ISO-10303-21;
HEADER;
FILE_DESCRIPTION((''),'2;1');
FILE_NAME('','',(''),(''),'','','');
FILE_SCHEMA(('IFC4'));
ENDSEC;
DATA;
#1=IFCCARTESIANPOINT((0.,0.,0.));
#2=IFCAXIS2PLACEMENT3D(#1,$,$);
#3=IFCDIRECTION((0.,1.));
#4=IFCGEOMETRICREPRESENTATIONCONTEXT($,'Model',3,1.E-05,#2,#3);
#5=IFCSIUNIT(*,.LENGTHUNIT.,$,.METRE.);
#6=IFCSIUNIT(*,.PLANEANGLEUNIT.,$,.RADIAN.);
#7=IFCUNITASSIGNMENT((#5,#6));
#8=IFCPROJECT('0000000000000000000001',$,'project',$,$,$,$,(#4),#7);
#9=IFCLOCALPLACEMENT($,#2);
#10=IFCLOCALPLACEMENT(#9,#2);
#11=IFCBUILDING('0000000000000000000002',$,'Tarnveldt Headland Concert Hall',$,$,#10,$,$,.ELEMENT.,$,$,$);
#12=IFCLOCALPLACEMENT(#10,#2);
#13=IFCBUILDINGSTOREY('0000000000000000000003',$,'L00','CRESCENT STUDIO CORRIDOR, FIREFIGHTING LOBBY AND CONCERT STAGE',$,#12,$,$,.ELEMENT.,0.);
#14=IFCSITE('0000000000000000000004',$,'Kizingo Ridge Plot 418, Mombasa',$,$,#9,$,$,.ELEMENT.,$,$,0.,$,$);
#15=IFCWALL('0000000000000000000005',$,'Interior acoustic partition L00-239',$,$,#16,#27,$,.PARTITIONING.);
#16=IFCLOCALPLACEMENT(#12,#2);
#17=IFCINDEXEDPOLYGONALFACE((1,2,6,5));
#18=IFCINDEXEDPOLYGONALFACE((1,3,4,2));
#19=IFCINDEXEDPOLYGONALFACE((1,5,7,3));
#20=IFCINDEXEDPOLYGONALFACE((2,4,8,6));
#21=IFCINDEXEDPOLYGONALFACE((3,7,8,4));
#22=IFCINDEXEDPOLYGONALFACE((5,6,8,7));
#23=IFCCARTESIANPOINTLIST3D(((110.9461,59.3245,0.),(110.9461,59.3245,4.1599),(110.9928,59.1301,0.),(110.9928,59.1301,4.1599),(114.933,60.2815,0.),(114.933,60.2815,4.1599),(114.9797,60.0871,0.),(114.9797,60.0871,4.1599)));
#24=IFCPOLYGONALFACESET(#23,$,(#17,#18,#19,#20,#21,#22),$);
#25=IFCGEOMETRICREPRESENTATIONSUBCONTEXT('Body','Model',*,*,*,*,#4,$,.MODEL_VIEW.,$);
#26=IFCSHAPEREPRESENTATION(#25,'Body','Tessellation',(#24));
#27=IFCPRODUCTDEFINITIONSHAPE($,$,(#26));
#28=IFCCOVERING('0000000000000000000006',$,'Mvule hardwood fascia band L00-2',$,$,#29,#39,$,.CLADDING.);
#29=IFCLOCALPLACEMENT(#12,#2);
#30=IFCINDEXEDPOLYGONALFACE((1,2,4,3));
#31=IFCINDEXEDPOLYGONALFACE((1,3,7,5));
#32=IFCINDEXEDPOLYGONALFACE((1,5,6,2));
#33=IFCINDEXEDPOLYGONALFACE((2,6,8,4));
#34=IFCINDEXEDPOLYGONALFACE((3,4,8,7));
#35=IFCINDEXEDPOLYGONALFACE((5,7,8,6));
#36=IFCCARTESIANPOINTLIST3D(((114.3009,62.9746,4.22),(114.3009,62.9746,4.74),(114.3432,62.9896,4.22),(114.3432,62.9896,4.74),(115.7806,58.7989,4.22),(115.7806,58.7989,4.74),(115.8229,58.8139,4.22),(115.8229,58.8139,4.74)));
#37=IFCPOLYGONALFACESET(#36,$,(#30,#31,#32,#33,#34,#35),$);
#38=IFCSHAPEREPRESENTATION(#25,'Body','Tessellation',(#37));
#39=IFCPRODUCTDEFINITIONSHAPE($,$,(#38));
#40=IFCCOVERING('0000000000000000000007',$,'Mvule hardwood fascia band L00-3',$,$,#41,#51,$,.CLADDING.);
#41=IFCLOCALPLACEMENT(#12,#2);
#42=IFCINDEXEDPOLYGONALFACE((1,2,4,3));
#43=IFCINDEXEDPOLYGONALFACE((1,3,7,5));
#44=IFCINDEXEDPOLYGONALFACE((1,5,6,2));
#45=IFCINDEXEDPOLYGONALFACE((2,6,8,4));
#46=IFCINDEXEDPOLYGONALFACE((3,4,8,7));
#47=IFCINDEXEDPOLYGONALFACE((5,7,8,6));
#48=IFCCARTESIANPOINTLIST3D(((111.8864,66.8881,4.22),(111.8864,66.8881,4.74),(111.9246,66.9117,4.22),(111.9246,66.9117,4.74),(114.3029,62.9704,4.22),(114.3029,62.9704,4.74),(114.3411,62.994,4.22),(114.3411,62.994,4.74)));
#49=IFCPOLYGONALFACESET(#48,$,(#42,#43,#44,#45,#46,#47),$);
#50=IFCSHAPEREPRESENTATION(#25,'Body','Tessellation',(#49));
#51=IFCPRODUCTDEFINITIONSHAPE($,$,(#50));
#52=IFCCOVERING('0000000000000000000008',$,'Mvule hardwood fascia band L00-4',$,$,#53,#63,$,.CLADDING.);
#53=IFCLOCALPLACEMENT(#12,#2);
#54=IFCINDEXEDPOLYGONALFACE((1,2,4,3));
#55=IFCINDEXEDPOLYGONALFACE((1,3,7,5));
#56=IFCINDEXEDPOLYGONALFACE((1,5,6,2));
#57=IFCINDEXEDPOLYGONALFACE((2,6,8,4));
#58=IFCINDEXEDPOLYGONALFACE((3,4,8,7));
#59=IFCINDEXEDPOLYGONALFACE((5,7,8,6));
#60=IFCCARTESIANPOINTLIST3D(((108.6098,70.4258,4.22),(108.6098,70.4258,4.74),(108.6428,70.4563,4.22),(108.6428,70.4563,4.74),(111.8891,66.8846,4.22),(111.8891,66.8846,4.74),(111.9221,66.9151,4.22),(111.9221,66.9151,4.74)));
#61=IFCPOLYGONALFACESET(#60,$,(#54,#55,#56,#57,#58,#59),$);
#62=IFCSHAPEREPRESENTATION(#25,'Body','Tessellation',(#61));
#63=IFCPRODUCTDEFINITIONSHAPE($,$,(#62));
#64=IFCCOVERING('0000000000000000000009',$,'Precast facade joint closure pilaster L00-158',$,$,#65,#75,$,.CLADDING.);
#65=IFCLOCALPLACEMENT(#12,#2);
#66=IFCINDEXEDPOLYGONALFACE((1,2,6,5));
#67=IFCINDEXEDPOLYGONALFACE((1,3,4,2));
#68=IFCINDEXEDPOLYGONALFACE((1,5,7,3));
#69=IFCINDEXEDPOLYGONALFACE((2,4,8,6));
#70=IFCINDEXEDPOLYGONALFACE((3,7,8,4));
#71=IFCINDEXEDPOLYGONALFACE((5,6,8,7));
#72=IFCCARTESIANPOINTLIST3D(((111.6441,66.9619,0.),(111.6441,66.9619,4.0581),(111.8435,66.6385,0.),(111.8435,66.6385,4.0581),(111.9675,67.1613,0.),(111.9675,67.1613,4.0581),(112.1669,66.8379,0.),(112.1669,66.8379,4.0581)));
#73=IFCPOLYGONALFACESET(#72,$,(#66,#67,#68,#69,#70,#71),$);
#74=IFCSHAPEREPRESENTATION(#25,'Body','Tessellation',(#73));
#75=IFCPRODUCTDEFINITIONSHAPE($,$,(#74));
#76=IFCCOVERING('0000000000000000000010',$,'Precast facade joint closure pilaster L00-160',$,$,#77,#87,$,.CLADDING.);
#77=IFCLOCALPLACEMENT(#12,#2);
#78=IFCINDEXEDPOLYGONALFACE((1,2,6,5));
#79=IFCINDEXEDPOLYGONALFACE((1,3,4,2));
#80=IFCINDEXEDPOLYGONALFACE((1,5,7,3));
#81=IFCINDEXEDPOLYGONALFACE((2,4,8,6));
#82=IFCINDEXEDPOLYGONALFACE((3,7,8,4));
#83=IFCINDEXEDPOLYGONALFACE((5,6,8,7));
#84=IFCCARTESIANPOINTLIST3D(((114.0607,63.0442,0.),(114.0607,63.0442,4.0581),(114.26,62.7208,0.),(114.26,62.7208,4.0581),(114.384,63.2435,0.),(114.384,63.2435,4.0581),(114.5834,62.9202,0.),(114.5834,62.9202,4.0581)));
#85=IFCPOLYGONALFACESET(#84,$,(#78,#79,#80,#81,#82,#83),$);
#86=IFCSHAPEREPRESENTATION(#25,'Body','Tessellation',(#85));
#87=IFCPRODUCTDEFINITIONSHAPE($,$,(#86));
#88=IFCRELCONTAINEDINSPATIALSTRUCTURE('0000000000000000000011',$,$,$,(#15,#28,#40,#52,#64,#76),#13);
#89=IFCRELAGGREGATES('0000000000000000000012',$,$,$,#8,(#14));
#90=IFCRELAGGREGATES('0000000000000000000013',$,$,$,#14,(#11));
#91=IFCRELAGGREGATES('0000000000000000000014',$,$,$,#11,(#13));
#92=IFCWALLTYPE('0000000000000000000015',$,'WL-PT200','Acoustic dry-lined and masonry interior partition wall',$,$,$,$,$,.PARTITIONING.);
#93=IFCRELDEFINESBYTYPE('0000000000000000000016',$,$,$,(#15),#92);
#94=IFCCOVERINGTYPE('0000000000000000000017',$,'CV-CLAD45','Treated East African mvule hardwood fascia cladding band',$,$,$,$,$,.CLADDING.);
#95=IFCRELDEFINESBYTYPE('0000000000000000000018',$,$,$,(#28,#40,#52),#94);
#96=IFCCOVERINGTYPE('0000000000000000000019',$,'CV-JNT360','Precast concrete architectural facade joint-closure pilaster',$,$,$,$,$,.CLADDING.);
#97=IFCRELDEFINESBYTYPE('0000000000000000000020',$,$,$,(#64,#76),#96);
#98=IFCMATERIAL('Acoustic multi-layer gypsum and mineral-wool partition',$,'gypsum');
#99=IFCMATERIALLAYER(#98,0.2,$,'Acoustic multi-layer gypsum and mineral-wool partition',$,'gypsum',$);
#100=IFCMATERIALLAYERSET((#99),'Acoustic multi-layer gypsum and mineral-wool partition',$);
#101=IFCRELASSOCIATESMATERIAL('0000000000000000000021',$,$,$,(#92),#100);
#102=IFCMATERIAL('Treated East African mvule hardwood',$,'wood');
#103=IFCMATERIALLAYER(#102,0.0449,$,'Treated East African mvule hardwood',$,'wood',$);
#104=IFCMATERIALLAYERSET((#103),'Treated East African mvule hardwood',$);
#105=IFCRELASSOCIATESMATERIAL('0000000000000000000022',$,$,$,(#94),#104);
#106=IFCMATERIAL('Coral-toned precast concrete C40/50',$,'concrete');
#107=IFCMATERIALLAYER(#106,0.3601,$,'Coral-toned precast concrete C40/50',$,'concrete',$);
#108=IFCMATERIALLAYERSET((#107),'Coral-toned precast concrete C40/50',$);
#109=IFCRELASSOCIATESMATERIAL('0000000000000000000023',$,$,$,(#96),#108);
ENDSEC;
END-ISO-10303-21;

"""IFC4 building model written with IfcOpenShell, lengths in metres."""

from ifc_helpers import new_model, si_unit, direction, frame, frame_2d, origin, origin_2d, place, context, subcontext, project, spatial, rectangle, extrude, material, layer, layer_set, type_object, element, save


model = new_model("IFC4")

# Units and contexts
model_context = context("Model", 3, precision=1e-05, world=origin(), true_north=direction((0.0, 1.0)))
body_context = subcontext(model_context, "Body", "Model", "MODEL_VIEW")
ifc_project = project(units=[si_unit("LENGTHUNIT", "METRE"), si_unit("PLANEANGLEUNIT", "RADIAN")], contexts=[model_context])

# Site, building, storey
site_placement = place(None, origin())
site = spatial("IfcSite", under=ifc_project, at=site_placement, Name="Kizingo Ridge Plot 418, Mombasa", CompositionType="ELEMENT", RefElevation=0.0)
building_placement = place(site_placement, origin())
building = spatial("IfcBuilding", under=site, at=building_placement, Name="Tarnveldt Headland Concert Hall", CompositionType="ELEMENT")
storey_placement = place(building_placement, origin())
storey = spatial("IfcBuildingStorey", under=building, at=storey_placement, Name="L00", Description="CRESCENT STUDIO CORRIDOR, FIREFIGHTING LOBBY AND CONCERT STAGE", CompositionType="ELEMENT", Elevation=0.0)

# Shared definitions
ifc_material_1 = material(Name="Coral-toned precast concrete C40/50", Category="concrete")

# Wall
ifc_material_2 = material(Name="Acoustic multi-layer gypsum and mineral-wool partition", Category="gypsum")
ifc_layer_1 = layer(ifc_material_2, 0.2, Name="Acoustic multi-layer gypsum and mineral-wool partition", Category="gypsum")
ifc_layer_set_1 = layer_set([ifc_layer_1], Name="Acoustic multi-layer gypsum and mineral-wool partition")
wall_type_1 = type_object("IfcWallType", Name="WL-PT200", Description="Acoustic dry-lined and masonry interior partition wall", PredefinedType="PARTITIONING", material=ifc_layer_set_1)
wall_1_placement = place(storey_placement, frame((110.9695, 59.2273, 0.0), z_axis=(0.0, 0.0, 1.0), x_axis=(0.972376, 0.233418, 0.0)))
element("IfcWall", 1, at=wall_1_placement, inside=storey, type_object=wall_type_1, Name="Interior acoustic partition L00-239", PredefinedType="PARTITIONING", context=body_context, shape_type="SweptSolid", body=[
    extrude(rectangle(XDim=4.1001, YDim=0.2, at=frame_2d((2.05, 0.0))), origin(), (0.0, 0.0, 1.0), 4.1599),
])

# Coverings
ifc_material_3 = material(Name="Treated East African mvule hardwood", Category="wood")
ifc_layer_2 = layer(ifc_material_3, 0.0449, Name="Treated East African mvule hardwood", Category="wood")
ifc_layer_set_2 = layer_set([ifc_layer_2], Name="Treated East African mvule hardwood")
covering_type_1 = type_object("IfcCoveringType", Name="CV-CLAD45", Description="Treated East African mvule hardwood fascia cladding band", PredefinedType="CLADDING", material=ifc_layer_set_2)
covering_1_placement = place(storey_placement, frame((115.8018, 58.8064, 4.22), z_axis=(0.0, 0.0, 1.0), x_axis=(-0.33401, 0.942569, 0.0)))
element("IfcCovering", 2, at=covering_1_placement, inside=storey, type_object=covering_type_1, Name="Mvule hardwood fascia band L00-2", PredefinedType="CLADDING", context=body_context, shape_type="SweptSolid", body=[
    extrude(rectangle(XDim=4.4302, YDim=0.0449, at=frame_2d((2.2151, 0.0))), origin(), (0.0, 0.0, 1.0), 0.52),
])
covering_2_placement = place(storey_placement, frame((114.322, 62.9822, 4.22), z_axis=(0.0, 0.0, 1.0), x_axis=(-0.524979, 0.851115, 0.0)))
element("IfcCovering", 3, at=covering_2_placement, inside=storey, type_object=covering_type_1, Name="Mvule hardwood fascia band L00-3", PredefinedType="CLADDING", context=body_context, shape_type="SweptSolid", body=[
    extrude(rectangle(XDim=4.603, YDim=0.0449, at=frame_2d((2.3015, 0.0))), origin(), (0.0, 0.0, 1.0), 0.52),
])
covering_3_placement = place(storey_placement, frame((111.9055, 66.8999, 4.22), z_axis=(0.0, 0.0, 1.0), x_axis=(-0.679447, 0.733724, 0.0)))
element("IfcCovering", 4, at=covering_3_placement, inside=storey, type_object=covering_type_1, Name="Mvule hardwood fascia band L00-4", PredefinedType="CLADDING", context=body_context, shape_type="SweptSolid", body=[
    extrude(rectangle(XDim=4.8264, YDim=0.0449, at=frame_2d((2.4131, 0.0))), origin(), (0.0, 0.0, 1.0), 0.52),
])
ifc_layer_3 = layer(ifc_material_1, 0.3601, Name="Coral-toned precast concrete C40/50", Category="concrete")
ifc_layer_set_3 = layer_set([ifc_layer_3], Name="Coral-toned precast concrete C40/50")
covering_type_2 = type_object("IfcCoveringType", Name="CV-JNT360", Description="Precast concrete architectural facade joint-closure pilaster", PredefinedType="CLADDING", material=ifc_layer_set_3)
for number, where, z_axis, x_axis, name in (
    (5, (111.9055, 66.8999, 0.0), (0.0, 0.0, 1.0), (0.524878, -0.851178, 0.0), "Precast facade joint closure pilaster L00-158"),
    (6, (114.322, 62.9822, 0.0), (0.0, 0.0, 1.0), (0.524878, -0.851178, 0.0), "Precast facade joint closure pilaster L00-160"),
):
    element("IfcCovering", number, at=place(storey_placement, frame(where, z_axis=z_axis, x_axis=x_axis)), inside=storey, type_object=covering_type_2, Name=name, PredefinedType="CLADDING", context=body_context, shape_type="SweptSolid", body=[
        extrude(rectangle(XDim=0.3799, YDim=0.3799, at=origin_2d()), origin(), (0.0, 0.0, 1.0), 4.0581),
    ])

save(model, "model.ifc")
